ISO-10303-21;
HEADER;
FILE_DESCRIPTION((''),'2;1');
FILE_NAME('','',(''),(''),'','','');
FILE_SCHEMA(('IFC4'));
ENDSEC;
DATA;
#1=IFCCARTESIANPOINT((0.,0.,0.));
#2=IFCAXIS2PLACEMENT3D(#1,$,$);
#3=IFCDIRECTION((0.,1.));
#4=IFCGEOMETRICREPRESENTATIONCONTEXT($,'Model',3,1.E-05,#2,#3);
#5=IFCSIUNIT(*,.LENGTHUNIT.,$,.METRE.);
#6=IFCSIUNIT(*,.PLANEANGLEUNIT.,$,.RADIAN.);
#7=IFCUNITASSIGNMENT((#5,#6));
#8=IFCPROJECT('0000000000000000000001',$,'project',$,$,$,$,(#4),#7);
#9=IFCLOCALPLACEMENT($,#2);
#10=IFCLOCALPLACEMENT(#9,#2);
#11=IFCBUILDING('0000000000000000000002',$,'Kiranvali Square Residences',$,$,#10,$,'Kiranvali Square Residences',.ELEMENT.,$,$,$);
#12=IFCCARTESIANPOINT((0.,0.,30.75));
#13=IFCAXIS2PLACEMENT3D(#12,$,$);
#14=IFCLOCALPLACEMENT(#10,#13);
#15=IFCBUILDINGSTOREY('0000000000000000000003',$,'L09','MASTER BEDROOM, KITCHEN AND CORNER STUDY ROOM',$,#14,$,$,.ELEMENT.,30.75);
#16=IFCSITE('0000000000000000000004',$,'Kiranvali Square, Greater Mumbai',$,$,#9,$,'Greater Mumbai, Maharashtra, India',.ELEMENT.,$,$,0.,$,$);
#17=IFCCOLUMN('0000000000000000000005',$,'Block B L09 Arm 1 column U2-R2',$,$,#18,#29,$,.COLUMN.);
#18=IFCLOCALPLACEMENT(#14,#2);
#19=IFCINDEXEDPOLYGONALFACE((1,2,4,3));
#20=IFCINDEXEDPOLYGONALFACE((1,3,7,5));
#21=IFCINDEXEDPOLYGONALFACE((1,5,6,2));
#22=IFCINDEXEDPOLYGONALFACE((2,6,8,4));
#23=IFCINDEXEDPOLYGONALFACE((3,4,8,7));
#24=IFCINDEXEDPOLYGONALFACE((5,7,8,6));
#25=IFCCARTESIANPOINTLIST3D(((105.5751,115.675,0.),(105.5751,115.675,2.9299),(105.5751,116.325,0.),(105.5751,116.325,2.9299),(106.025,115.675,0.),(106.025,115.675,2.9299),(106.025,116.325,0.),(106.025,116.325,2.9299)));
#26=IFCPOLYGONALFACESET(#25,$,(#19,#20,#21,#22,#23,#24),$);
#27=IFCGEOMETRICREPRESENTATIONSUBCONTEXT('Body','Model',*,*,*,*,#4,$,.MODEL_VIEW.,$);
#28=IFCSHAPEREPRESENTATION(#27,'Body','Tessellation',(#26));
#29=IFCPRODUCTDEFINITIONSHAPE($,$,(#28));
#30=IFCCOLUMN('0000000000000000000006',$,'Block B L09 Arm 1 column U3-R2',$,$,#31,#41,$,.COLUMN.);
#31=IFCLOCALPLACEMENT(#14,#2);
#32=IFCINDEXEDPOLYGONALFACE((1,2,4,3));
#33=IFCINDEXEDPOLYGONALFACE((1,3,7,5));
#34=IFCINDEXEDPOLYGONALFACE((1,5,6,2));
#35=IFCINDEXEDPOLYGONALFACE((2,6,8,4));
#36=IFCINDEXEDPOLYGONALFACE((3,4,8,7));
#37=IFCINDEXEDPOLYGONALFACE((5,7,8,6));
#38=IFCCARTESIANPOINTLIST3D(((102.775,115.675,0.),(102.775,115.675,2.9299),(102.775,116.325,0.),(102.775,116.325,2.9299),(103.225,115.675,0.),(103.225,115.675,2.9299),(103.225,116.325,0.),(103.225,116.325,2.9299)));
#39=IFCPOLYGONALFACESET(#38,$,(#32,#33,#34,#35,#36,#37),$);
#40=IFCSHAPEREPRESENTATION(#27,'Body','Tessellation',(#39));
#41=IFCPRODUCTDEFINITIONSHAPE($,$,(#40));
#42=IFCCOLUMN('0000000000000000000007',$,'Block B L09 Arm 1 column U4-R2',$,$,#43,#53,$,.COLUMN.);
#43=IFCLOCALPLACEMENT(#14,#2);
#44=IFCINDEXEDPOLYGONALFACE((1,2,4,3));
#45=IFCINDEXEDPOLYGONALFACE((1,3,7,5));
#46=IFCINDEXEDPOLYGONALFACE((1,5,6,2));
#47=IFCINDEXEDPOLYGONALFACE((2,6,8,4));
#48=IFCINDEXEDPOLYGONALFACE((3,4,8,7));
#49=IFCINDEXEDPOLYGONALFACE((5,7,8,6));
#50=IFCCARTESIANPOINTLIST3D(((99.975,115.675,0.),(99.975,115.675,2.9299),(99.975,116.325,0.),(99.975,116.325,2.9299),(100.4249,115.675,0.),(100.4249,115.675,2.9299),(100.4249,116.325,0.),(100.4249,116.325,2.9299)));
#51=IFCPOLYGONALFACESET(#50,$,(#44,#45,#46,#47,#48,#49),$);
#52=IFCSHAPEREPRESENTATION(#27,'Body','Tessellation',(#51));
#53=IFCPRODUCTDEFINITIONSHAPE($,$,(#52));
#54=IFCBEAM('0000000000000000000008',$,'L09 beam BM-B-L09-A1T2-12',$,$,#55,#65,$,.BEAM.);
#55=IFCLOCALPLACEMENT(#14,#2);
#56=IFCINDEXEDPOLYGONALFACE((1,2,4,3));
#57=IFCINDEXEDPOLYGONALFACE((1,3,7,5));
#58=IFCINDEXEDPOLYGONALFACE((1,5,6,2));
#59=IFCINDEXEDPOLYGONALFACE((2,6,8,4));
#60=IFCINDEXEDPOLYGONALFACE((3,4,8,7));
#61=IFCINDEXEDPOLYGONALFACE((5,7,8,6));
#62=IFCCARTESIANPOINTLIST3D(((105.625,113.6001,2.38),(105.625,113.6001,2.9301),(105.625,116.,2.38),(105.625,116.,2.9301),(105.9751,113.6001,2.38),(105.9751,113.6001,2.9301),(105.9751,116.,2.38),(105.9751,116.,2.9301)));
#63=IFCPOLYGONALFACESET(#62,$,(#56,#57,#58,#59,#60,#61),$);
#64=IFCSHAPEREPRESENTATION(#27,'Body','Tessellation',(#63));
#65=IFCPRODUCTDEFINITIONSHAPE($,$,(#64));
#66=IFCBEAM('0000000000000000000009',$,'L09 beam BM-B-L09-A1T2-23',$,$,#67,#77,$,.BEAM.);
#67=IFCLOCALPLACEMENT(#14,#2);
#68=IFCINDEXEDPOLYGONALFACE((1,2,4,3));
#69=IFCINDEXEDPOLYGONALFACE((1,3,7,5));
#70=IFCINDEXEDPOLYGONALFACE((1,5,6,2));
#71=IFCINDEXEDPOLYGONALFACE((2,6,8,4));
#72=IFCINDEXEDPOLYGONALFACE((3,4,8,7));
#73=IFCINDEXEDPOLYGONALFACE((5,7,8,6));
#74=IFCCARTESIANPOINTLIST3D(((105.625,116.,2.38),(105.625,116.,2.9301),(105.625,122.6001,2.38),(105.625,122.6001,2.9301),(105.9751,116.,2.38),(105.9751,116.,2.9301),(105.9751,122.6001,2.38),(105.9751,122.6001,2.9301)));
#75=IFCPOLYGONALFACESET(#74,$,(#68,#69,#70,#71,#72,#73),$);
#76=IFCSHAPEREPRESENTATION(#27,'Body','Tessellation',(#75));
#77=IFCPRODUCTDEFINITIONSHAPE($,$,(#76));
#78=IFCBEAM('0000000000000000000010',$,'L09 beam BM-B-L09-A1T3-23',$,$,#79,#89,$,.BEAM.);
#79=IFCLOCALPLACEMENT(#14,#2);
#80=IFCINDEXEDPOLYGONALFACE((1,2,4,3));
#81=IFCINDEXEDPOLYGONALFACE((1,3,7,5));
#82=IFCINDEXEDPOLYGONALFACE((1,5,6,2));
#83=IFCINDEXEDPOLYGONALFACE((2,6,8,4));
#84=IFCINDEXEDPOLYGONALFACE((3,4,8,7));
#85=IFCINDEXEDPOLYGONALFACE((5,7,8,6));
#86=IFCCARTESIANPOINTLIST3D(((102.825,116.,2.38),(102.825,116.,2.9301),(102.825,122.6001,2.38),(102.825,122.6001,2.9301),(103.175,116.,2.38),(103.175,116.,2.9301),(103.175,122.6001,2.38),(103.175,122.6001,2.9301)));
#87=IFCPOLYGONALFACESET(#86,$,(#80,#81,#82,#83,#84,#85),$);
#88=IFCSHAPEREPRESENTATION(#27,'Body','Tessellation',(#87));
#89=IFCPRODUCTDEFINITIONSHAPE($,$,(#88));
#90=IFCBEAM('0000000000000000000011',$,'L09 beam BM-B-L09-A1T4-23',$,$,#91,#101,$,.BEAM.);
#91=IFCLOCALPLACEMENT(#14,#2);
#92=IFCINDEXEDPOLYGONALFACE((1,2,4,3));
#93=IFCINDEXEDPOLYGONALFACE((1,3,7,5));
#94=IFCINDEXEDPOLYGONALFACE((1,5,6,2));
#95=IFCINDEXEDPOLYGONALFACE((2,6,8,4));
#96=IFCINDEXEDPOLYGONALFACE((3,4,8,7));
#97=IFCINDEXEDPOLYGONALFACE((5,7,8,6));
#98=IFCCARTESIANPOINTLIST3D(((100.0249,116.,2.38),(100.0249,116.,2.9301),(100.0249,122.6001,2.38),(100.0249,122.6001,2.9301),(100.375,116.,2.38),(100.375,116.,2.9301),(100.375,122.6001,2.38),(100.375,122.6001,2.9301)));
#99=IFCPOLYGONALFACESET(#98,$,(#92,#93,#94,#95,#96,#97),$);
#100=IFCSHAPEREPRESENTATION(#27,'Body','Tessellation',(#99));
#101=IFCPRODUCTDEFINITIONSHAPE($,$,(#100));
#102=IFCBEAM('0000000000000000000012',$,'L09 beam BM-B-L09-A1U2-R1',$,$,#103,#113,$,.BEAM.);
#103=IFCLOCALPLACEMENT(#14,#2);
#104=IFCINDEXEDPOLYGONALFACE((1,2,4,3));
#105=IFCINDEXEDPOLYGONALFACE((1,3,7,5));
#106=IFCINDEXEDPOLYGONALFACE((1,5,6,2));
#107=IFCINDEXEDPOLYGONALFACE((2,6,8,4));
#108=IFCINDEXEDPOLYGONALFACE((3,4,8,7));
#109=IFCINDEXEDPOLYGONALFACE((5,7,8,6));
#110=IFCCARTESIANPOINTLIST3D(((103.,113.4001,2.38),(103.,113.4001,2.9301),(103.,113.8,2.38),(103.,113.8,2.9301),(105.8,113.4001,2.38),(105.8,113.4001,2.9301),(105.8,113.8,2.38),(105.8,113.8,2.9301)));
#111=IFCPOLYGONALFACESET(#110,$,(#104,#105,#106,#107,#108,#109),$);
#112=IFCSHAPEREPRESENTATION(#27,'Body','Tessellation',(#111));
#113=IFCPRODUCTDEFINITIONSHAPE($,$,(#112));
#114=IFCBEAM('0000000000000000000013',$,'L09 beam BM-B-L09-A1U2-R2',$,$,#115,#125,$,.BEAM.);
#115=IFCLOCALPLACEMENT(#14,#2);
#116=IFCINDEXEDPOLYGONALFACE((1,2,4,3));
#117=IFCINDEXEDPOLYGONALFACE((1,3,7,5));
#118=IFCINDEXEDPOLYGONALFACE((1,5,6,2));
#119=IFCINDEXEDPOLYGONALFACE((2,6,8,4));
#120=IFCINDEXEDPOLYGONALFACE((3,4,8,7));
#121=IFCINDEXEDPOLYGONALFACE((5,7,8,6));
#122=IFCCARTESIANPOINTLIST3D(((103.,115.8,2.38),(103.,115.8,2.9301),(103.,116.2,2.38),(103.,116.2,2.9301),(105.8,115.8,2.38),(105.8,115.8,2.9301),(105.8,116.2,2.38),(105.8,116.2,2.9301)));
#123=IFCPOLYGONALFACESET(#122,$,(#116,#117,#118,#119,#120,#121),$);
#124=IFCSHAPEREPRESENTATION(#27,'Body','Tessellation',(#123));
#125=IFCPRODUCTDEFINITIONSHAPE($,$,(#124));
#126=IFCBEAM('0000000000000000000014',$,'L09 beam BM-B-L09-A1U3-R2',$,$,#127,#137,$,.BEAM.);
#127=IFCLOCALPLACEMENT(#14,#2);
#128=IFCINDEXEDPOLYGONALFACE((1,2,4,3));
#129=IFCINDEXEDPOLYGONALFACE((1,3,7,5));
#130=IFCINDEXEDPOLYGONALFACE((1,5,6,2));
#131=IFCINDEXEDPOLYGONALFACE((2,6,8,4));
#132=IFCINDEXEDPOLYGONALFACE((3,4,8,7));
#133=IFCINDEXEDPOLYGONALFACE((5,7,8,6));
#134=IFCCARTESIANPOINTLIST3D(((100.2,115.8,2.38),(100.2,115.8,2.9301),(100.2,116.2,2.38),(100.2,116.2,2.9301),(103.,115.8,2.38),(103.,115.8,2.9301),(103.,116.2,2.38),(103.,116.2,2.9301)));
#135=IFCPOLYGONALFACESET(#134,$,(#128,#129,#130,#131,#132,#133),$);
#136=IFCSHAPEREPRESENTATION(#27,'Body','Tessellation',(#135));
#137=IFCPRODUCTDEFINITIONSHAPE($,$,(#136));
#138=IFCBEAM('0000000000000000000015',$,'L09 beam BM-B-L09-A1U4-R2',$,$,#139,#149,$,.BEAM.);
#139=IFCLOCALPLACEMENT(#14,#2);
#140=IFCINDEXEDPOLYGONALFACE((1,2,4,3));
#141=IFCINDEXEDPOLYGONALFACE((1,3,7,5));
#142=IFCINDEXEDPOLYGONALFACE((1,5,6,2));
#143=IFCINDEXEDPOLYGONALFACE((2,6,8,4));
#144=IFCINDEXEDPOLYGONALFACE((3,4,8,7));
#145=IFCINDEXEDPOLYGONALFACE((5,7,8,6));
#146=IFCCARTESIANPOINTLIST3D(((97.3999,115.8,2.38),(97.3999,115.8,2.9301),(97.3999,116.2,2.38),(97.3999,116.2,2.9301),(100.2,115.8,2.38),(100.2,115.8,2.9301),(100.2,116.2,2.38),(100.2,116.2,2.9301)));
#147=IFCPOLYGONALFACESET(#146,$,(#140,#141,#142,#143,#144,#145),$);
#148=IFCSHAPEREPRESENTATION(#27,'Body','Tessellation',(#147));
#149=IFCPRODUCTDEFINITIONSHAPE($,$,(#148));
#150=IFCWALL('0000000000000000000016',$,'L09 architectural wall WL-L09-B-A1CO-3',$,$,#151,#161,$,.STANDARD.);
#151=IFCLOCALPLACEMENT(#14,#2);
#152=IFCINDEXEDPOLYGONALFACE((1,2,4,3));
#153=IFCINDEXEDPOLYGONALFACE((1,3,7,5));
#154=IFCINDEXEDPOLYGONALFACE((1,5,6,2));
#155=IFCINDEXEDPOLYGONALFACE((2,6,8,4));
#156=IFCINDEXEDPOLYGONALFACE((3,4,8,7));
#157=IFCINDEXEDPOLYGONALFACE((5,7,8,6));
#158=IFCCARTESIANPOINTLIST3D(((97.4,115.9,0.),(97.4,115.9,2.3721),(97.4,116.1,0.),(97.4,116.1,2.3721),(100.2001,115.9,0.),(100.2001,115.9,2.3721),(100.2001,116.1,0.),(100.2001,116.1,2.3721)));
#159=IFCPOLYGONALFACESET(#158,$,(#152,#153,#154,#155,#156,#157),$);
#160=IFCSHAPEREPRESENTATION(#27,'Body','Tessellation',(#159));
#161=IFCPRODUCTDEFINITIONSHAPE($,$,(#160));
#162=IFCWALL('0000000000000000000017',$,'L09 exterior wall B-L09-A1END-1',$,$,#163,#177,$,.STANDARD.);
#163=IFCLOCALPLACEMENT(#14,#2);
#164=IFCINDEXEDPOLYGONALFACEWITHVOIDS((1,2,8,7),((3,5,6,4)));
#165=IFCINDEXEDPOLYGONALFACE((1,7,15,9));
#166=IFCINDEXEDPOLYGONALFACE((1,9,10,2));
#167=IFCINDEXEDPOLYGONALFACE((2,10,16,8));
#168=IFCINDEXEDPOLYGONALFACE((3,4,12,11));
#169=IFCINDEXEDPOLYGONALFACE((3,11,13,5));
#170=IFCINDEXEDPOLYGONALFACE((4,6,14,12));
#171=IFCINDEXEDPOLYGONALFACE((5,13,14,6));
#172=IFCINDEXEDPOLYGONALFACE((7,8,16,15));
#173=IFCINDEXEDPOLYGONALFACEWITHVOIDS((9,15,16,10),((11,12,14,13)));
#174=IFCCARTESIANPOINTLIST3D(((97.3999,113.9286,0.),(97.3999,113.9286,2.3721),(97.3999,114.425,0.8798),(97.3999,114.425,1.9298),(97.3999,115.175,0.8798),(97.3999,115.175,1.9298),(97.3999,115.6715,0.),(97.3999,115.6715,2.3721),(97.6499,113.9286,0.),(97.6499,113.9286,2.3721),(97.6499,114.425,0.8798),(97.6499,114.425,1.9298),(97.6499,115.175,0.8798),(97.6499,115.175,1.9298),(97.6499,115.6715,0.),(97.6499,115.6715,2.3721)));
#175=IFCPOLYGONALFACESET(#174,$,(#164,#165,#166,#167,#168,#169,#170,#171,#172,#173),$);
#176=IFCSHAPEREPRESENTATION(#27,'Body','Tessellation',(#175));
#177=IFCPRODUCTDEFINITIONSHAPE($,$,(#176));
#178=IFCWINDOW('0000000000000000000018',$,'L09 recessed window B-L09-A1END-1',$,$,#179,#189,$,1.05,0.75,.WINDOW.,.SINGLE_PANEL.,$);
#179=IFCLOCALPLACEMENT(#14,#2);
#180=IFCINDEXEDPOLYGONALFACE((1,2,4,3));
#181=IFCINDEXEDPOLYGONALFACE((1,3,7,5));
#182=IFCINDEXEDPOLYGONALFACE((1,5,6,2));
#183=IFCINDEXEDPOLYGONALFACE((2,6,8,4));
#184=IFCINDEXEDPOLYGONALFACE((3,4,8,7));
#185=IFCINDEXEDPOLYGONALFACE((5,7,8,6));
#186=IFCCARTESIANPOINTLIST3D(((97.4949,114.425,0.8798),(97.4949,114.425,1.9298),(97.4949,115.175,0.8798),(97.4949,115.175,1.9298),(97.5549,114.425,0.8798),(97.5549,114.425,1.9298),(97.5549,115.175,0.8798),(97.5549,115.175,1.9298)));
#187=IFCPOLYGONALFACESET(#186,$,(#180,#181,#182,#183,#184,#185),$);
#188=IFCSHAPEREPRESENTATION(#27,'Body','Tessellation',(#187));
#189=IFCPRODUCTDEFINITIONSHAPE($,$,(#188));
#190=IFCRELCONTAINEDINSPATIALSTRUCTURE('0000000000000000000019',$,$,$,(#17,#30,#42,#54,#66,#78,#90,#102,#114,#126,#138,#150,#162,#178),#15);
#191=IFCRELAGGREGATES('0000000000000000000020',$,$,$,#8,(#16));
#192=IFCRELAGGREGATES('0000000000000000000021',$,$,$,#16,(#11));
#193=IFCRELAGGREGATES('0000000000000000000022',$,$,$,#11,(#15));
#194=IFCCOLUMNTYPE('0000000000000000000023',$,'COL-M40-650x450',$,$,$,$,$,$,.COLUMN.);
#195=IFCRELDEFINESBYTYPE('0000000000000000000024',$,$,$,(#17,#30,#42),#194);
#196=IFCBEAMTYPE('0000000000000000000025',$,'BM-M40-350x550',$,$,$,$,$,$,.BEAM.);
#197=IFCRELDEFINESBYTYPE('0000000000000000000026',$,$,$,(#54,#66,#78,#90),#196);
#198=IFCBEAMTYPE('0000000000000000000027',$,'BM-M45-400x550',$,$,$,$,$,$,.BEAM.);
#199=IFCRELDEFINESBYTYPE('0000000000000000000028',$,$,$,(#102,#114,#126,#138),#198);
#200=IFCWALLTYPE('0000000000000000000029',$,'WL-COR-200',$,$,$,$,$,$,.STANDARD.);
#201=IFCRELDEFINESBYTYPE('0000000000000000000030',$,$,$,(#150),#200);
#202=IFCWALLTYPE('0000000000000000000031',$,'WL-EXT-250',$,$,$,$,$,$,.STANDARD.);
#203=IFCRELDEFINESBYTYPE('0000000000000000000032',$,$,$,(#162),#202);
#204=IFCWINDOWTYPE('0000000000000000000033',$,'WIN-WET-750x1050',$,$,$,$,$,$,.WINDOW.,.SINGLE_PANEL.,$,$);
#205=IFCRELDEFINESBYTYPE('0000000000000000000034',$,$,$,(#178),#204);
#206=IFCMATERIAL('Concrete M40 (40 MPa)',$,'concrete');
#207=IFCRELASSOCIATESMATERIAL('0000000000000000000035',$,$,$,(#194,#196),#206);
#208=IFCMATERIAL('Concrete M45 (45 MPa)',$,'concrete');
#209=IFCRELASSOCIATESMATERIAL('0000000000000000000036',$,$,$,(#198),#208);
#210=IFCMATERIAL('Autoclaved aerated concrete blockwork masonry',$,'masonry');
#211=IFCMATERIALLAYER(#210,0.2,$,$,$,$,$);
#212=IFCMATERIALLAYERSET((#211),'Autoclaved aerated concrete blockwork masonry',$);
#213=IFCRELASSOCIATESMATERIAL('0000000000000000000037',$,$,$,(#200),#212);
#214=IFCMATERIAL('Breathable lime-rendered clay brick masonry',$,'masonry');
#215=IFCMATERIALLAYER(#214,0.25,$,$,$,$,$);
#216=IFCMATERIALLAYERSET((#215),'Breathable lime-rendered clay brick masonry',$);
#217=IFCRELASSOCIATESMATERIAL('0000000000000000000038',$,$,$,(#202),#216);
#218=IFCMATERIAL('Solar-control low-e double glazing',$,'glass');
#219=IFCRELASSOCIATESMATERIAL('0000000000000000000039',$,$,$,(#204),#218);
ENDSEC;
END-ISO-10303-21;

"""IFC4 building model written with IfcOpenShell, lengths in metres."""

from ifc_helpers import new_model, si_unit, direction, frame, frame_2d, origin, origin_2d, place, context, subcontext, project, spatial, rectangle, extrude, material, layer, layer_set, material_profile, profile_set, type_object, element, fill, save


model = new_model("IFC4")

# Units and contexts
model_context = context("Model", 3, precision=1e-05, world=origin(), true_north=direction((0.0, 1.0)))
body_context = subcontext(model_context, "Body", "Model", "MODEL_VIEW")
ifc_project = project(units=[si_unit("LENGTHUNIT", "METRE"), si_unit("PLANEANGLEUNIT", "RADIAN")], contexts=[model_context])

# Site, building, storey
site_placement = place(None, origin())
site = spatial("IfcSite", under=ifc_project, at=site_placement, Name="Kiranvali Square, Greater Mumbai", LongName="Greater Mumbai, Maharashtra, India", CompositionType="ELEMENT", RefElevation=0.0)
building_placement = place(site_placement, origin())
building = spatial("IfcBuilding", under=site, at=building_placement, Name="Kiranvali Square Residences", LongName="Kiranvali Square Residences", CompositionType="ELEMENT")
storey_placement = place(building_placement, frame((0.0, 0.0, 30.75)))
storey = spatial("IfcBuildingStorey", under=building, at=storey_placement, Name="L09", Description="MASTER BEDROOM, KITCHEN AND CORNER STUDY ROOM", CompositionType="ELEMENT", Elevation=30.75)

# Columns
ifc_material_1 = material(Name="Concrete M40 (40 MPa)", Category="concrete")
ifc_material_profile_1 = material_profile(ifc_material_1, rectangle(XDim=0.45, YDim=0.6499, at=origin_2d()), Name="RC 650x450")
ifc_profile_set_1 = profile_set([ifc_material_profile_1], Name="Concrete M40 (40 MPa)")
column_type = type_object("IfcColumnType", Name="COL-M40-650x450", PredefinedType="COLUMN", material=ifc_profile_set_1)
for number, where, z_axis, x_axis, name in (
    (1, (105.8, 116.0, 0.0), (0.0, 0.0, 1.0), (1.0, 0.0, 0.0), "Block B L09 Arm 1 column U2-R2"),
    (2, (103.0, 116.0, 0.0), (0.0, 0.0, 1.0), (1.0, 0.0, 0.0), "Block B L09 Arm 1 column U3-R2"),
    (3, (100.2, 116.0, 0.0), (0.0, 0.0, 1.0), (1.0, 0.0, 0.0), "Block B L09 Arm 1 column U4-R2"),
):
    element("IfcColumn", number, at=place(storey_placement, frame(where, z_axis=z_axis, x_axis=x_axis)), inside=storey, type_object=column_type, Name=name, PredefinedType="COLUMN", context=body_context, shape_type="SweptSolid", body=[
        extrude(rectangle(XDim=0.45, YDim=0.6499, at=origin_2d()), origin(), (0.0, 0.0, 1.0), 2.9299),
    ])

# Beams
ifc_material_profile_2 = material_profile(ifc_material_1, rectangle(XDim=0.3501, YDim=0.55, at=origin_2d()), Name="RC 350x550")
ifc_profile_set_2 = profile_set([ifc_material_profile_2], Name="Concrete M40 (40 MPa)")
beam_type_1 = type_object("IfcBeamType", Name="BM-M40-350x550", PredefinedType="BEAM", material=ifc_profile_set_2)
beam_placement = place(storey_placement, frame((105.8, 113.6001, 2.655), z_axis=(0.0, 1.0, 0.0), x_axis=(-1.0, 0.0, 0.0)))
element("IfcBeam", 4, at=beam_placement, inside=storey, type_object=beam_type_1, Name="L09 beam BM-B-L09-A1T2-12", PredefinedType="BEAM", context=body_context, shape_type="SweptSolid", body=[
    extrude(rectangle(XDim=0.3501, YDim=0.55, at=origin_2d()), origin(), (0.0, 0.0, 1.0), 2.3999),
])
for number, where, z_axis, x_axis, name in (
    (5, (105.8, 116.0, 2.655), (0.0, 1.0, 0.0), (-1.0, 0.0, 0.0), "L09 beam BM-B-L09-A1T2-23"),
    (6, (103.0, 116.0, 2.655), (0.0, 1.0, 0.0), (-1.0, 0.0, 0.0), "L09 beam BM-B-L09-A1T3-23"),
    (7, (100.2, 116.0, 2.655), (0.0, 1.0, 0.0), (-1.0, 0.0, 0.0), "L09 beam BM-B-L09-A1T4-23"),
):
    element("IfcBeam", number, at=place(storey_placement, frame(where, z_axis=z_axis, x_axis=x_axis)), inside=storey, type_object=beam_type_1, Name=name, PredefinedType="BEAM", context=body_context, shape_type="SweptSolid", body=[
        extrude(rectangle(XDim=0.3501, YDim=0.55, at=origin_2d()), origin(), (0.0, 0.0, 1.0), 6.6001),
    ])
ifc_material_2 = material(Name="Concrete M45 (45 MPa)", Category="concrete")
ifc_material_profile_3 = material_profile(ifc_material_2, rectangle(XDim=0.3999, YDim=0.55, at=origin_2d()), Name="RC 400x550")
ifc_profile_set_3 = profile_set([ifc_material_profile_3], Name="Concrete M45 (45 MPa)")
beam_type_2 = type_object("IfcBeamType", Name="BM-M45-400x550", PredefinedType="BEAM", material=ifc_profile_set_3)
for number, where, z_axis, x_axis, name in (
    (8, (105.8, 113.6001, 2.655), (-1.0, 0.0, 0.0), (0.0, -1.0, 0.0), "L09 beam BM-B-L09-A1U2-R1"),
    (9, (105.8, 116.0, 2.655), (-1.0, 0.0, 0.0), (0.0, -1.0, 0.0), "L09 beam BM-B-L09-A1U2-R2"),
    (10, (103.0, 116.0, 2.655), (-1.0, 0.0, 0.0), (0.0, -1.0, 0.0), "L09 beam BM-B-L09-A1U3-R2"),
    (11, (100.2, 116.0, 2.655), (-1.0, 0.0, 0.0), (0.0, -1.0, 0.0), "L09 beam BM-B-L09-A1U4-R2"),
):
    element("IfcBeam", number, at=place(storey_placement, frame(where, z_axis=z_axis, x_axis=x_axis)), inside=storey, type_object=beam_type_2, Name=name, PredefinedType="BEAM", context=body_context, shape_type="SweptSolid", body=[
        extrude(rectangle(XDim=0.3999, YDim=0.55, at=origin_2d()), origin(), (0.0, 0.0, 1.0), 2.8),
    ])

# Shared definitions
ifc_material_3 = material(Name="Autoclaved aerated concrete blockwork masonry", Category="masonry")
ifc_layer_1 = layer(ifc_material_3, 0.2)
ifc_layer_set_1 = layer_set([ifc_layer_1], Name="Autoclaved aerated concrete blockwork masonry")
wall_type_1 = type_object("IfcWallType", Name="WL-COR-200", PredefinedType="STANDARD", material=ifc_layer_set_1)

# Wall
wall_1_placement = place(storey_placement, frame((100.2, 116.0, 0.0), z_axis=(0.0, 0.0, 1.0), x_axis=(-1.0, 0.0, 0.0)))
element("IfcWall", 12, at=wall_1_placement, inside=storey, type_object=wall_type_1, Name="L09 architectural wall WL-L09-B-A1CO-3", PredefinedType="STANDARD", context=body_context, shape_type="SweptSolid", body=[
    extrude(rectangle(XDim=2.8, YDim=0.2, at=frame_2d((1.3999, 0.0))), origin(), (0.0, 0.0, 1.0), 2.3721),
])

# Wall, opening, window
ifc_material_4 = material(Name="Breathable lime-rendered clay brick masonry", Category="masonry")
ifc_layer_2 = layer(ifc_material_4, 0.25)
ifc_layer_set_2 = layer_set([ifc_layer_2], Name="Breathable lime-rendered clay brick masonry")
wall_type_2 = type_object("IfcWallType", Name="WL-EXT-250", PredefinedType="STANDARD", material=ifc_layer_set_2)
wall_2_placement = place(storey_placement, frame((97.5249, 113.9285, 0.0), z_axis=(0.0, 0.0, 1.0), x_axis=(0.0, 1.0, 0.0)))
wall_2 = element("IfcWall", 13, at=wall_2_placement, inside=storey, type_object=wall_type_2, Name="L09 exterior wall B-L09-A1END-1", PredefinedType="STANDARD", context=body_context, shape_type="SweptSolid", body=[
    extrude(rectangle(XDim=1.7429, YDim=0.25, at=frame_2d((0.8716, 0.0))), origin(), (0.0, 0.0, 1.0), 2.3721),
])
opening_1_placement = place(wall_2_placement, frame((0.4966, 0.0, 0.8799)))
opening_1 = element("IfcOpeningElement", 14, at=opening_1_placement, cuts=wall_2, PredefinedType="OPENING", context=body_context, shape_type="SweptSolid", body=[
    extrude(rectangle(XDim=0.75, YDim=1.05, at=frame_2d((0.375, 0.5249))), frame((0.0, 0.135, 0.0), z_axis=(0.0, -1.0, 0.0), x_axis=(1.0, 0.0, 0.0)), (0.0, 0.0, 1.0), 0.27),
])
ifc_material_5 = material(Name="Solar-control low-e double glazing", Category="glass")
window_type = type_object("IfcWindowType", Name="WIN-WET-750x1050", PartitioningType="SINGLE_PANEL", PredefinedType="WINDOW", material=ifc_material_5)
window_placement = place(opening_1_placement, origin())
window = element("IfcWindow", 15, at=window_placement, inside=storey, type_object=window_type, Name="L09 recessed window B-L09-A1END-1", OverallHeight=1.05, OverallWidth=0.75, PartitioningType="SINGLE_PANEL", PredefinedType="WINDOW", context=body_context, shape_type="SweptSolid", body=[
    extrude(rectangle(XDim=0.75, YDim=1.05, at=frame_2d((0.375, 0.5249))), frame((0.0, 0.03, 0.0), z_axis=(0.0, -1.0, 0.0), x_axis=(1.0, 0.0, 0.0)), (0.0, 0.0, 1.0), 0.0601),
])
fill(opening_1, window)

save(model, "model.ifc")
